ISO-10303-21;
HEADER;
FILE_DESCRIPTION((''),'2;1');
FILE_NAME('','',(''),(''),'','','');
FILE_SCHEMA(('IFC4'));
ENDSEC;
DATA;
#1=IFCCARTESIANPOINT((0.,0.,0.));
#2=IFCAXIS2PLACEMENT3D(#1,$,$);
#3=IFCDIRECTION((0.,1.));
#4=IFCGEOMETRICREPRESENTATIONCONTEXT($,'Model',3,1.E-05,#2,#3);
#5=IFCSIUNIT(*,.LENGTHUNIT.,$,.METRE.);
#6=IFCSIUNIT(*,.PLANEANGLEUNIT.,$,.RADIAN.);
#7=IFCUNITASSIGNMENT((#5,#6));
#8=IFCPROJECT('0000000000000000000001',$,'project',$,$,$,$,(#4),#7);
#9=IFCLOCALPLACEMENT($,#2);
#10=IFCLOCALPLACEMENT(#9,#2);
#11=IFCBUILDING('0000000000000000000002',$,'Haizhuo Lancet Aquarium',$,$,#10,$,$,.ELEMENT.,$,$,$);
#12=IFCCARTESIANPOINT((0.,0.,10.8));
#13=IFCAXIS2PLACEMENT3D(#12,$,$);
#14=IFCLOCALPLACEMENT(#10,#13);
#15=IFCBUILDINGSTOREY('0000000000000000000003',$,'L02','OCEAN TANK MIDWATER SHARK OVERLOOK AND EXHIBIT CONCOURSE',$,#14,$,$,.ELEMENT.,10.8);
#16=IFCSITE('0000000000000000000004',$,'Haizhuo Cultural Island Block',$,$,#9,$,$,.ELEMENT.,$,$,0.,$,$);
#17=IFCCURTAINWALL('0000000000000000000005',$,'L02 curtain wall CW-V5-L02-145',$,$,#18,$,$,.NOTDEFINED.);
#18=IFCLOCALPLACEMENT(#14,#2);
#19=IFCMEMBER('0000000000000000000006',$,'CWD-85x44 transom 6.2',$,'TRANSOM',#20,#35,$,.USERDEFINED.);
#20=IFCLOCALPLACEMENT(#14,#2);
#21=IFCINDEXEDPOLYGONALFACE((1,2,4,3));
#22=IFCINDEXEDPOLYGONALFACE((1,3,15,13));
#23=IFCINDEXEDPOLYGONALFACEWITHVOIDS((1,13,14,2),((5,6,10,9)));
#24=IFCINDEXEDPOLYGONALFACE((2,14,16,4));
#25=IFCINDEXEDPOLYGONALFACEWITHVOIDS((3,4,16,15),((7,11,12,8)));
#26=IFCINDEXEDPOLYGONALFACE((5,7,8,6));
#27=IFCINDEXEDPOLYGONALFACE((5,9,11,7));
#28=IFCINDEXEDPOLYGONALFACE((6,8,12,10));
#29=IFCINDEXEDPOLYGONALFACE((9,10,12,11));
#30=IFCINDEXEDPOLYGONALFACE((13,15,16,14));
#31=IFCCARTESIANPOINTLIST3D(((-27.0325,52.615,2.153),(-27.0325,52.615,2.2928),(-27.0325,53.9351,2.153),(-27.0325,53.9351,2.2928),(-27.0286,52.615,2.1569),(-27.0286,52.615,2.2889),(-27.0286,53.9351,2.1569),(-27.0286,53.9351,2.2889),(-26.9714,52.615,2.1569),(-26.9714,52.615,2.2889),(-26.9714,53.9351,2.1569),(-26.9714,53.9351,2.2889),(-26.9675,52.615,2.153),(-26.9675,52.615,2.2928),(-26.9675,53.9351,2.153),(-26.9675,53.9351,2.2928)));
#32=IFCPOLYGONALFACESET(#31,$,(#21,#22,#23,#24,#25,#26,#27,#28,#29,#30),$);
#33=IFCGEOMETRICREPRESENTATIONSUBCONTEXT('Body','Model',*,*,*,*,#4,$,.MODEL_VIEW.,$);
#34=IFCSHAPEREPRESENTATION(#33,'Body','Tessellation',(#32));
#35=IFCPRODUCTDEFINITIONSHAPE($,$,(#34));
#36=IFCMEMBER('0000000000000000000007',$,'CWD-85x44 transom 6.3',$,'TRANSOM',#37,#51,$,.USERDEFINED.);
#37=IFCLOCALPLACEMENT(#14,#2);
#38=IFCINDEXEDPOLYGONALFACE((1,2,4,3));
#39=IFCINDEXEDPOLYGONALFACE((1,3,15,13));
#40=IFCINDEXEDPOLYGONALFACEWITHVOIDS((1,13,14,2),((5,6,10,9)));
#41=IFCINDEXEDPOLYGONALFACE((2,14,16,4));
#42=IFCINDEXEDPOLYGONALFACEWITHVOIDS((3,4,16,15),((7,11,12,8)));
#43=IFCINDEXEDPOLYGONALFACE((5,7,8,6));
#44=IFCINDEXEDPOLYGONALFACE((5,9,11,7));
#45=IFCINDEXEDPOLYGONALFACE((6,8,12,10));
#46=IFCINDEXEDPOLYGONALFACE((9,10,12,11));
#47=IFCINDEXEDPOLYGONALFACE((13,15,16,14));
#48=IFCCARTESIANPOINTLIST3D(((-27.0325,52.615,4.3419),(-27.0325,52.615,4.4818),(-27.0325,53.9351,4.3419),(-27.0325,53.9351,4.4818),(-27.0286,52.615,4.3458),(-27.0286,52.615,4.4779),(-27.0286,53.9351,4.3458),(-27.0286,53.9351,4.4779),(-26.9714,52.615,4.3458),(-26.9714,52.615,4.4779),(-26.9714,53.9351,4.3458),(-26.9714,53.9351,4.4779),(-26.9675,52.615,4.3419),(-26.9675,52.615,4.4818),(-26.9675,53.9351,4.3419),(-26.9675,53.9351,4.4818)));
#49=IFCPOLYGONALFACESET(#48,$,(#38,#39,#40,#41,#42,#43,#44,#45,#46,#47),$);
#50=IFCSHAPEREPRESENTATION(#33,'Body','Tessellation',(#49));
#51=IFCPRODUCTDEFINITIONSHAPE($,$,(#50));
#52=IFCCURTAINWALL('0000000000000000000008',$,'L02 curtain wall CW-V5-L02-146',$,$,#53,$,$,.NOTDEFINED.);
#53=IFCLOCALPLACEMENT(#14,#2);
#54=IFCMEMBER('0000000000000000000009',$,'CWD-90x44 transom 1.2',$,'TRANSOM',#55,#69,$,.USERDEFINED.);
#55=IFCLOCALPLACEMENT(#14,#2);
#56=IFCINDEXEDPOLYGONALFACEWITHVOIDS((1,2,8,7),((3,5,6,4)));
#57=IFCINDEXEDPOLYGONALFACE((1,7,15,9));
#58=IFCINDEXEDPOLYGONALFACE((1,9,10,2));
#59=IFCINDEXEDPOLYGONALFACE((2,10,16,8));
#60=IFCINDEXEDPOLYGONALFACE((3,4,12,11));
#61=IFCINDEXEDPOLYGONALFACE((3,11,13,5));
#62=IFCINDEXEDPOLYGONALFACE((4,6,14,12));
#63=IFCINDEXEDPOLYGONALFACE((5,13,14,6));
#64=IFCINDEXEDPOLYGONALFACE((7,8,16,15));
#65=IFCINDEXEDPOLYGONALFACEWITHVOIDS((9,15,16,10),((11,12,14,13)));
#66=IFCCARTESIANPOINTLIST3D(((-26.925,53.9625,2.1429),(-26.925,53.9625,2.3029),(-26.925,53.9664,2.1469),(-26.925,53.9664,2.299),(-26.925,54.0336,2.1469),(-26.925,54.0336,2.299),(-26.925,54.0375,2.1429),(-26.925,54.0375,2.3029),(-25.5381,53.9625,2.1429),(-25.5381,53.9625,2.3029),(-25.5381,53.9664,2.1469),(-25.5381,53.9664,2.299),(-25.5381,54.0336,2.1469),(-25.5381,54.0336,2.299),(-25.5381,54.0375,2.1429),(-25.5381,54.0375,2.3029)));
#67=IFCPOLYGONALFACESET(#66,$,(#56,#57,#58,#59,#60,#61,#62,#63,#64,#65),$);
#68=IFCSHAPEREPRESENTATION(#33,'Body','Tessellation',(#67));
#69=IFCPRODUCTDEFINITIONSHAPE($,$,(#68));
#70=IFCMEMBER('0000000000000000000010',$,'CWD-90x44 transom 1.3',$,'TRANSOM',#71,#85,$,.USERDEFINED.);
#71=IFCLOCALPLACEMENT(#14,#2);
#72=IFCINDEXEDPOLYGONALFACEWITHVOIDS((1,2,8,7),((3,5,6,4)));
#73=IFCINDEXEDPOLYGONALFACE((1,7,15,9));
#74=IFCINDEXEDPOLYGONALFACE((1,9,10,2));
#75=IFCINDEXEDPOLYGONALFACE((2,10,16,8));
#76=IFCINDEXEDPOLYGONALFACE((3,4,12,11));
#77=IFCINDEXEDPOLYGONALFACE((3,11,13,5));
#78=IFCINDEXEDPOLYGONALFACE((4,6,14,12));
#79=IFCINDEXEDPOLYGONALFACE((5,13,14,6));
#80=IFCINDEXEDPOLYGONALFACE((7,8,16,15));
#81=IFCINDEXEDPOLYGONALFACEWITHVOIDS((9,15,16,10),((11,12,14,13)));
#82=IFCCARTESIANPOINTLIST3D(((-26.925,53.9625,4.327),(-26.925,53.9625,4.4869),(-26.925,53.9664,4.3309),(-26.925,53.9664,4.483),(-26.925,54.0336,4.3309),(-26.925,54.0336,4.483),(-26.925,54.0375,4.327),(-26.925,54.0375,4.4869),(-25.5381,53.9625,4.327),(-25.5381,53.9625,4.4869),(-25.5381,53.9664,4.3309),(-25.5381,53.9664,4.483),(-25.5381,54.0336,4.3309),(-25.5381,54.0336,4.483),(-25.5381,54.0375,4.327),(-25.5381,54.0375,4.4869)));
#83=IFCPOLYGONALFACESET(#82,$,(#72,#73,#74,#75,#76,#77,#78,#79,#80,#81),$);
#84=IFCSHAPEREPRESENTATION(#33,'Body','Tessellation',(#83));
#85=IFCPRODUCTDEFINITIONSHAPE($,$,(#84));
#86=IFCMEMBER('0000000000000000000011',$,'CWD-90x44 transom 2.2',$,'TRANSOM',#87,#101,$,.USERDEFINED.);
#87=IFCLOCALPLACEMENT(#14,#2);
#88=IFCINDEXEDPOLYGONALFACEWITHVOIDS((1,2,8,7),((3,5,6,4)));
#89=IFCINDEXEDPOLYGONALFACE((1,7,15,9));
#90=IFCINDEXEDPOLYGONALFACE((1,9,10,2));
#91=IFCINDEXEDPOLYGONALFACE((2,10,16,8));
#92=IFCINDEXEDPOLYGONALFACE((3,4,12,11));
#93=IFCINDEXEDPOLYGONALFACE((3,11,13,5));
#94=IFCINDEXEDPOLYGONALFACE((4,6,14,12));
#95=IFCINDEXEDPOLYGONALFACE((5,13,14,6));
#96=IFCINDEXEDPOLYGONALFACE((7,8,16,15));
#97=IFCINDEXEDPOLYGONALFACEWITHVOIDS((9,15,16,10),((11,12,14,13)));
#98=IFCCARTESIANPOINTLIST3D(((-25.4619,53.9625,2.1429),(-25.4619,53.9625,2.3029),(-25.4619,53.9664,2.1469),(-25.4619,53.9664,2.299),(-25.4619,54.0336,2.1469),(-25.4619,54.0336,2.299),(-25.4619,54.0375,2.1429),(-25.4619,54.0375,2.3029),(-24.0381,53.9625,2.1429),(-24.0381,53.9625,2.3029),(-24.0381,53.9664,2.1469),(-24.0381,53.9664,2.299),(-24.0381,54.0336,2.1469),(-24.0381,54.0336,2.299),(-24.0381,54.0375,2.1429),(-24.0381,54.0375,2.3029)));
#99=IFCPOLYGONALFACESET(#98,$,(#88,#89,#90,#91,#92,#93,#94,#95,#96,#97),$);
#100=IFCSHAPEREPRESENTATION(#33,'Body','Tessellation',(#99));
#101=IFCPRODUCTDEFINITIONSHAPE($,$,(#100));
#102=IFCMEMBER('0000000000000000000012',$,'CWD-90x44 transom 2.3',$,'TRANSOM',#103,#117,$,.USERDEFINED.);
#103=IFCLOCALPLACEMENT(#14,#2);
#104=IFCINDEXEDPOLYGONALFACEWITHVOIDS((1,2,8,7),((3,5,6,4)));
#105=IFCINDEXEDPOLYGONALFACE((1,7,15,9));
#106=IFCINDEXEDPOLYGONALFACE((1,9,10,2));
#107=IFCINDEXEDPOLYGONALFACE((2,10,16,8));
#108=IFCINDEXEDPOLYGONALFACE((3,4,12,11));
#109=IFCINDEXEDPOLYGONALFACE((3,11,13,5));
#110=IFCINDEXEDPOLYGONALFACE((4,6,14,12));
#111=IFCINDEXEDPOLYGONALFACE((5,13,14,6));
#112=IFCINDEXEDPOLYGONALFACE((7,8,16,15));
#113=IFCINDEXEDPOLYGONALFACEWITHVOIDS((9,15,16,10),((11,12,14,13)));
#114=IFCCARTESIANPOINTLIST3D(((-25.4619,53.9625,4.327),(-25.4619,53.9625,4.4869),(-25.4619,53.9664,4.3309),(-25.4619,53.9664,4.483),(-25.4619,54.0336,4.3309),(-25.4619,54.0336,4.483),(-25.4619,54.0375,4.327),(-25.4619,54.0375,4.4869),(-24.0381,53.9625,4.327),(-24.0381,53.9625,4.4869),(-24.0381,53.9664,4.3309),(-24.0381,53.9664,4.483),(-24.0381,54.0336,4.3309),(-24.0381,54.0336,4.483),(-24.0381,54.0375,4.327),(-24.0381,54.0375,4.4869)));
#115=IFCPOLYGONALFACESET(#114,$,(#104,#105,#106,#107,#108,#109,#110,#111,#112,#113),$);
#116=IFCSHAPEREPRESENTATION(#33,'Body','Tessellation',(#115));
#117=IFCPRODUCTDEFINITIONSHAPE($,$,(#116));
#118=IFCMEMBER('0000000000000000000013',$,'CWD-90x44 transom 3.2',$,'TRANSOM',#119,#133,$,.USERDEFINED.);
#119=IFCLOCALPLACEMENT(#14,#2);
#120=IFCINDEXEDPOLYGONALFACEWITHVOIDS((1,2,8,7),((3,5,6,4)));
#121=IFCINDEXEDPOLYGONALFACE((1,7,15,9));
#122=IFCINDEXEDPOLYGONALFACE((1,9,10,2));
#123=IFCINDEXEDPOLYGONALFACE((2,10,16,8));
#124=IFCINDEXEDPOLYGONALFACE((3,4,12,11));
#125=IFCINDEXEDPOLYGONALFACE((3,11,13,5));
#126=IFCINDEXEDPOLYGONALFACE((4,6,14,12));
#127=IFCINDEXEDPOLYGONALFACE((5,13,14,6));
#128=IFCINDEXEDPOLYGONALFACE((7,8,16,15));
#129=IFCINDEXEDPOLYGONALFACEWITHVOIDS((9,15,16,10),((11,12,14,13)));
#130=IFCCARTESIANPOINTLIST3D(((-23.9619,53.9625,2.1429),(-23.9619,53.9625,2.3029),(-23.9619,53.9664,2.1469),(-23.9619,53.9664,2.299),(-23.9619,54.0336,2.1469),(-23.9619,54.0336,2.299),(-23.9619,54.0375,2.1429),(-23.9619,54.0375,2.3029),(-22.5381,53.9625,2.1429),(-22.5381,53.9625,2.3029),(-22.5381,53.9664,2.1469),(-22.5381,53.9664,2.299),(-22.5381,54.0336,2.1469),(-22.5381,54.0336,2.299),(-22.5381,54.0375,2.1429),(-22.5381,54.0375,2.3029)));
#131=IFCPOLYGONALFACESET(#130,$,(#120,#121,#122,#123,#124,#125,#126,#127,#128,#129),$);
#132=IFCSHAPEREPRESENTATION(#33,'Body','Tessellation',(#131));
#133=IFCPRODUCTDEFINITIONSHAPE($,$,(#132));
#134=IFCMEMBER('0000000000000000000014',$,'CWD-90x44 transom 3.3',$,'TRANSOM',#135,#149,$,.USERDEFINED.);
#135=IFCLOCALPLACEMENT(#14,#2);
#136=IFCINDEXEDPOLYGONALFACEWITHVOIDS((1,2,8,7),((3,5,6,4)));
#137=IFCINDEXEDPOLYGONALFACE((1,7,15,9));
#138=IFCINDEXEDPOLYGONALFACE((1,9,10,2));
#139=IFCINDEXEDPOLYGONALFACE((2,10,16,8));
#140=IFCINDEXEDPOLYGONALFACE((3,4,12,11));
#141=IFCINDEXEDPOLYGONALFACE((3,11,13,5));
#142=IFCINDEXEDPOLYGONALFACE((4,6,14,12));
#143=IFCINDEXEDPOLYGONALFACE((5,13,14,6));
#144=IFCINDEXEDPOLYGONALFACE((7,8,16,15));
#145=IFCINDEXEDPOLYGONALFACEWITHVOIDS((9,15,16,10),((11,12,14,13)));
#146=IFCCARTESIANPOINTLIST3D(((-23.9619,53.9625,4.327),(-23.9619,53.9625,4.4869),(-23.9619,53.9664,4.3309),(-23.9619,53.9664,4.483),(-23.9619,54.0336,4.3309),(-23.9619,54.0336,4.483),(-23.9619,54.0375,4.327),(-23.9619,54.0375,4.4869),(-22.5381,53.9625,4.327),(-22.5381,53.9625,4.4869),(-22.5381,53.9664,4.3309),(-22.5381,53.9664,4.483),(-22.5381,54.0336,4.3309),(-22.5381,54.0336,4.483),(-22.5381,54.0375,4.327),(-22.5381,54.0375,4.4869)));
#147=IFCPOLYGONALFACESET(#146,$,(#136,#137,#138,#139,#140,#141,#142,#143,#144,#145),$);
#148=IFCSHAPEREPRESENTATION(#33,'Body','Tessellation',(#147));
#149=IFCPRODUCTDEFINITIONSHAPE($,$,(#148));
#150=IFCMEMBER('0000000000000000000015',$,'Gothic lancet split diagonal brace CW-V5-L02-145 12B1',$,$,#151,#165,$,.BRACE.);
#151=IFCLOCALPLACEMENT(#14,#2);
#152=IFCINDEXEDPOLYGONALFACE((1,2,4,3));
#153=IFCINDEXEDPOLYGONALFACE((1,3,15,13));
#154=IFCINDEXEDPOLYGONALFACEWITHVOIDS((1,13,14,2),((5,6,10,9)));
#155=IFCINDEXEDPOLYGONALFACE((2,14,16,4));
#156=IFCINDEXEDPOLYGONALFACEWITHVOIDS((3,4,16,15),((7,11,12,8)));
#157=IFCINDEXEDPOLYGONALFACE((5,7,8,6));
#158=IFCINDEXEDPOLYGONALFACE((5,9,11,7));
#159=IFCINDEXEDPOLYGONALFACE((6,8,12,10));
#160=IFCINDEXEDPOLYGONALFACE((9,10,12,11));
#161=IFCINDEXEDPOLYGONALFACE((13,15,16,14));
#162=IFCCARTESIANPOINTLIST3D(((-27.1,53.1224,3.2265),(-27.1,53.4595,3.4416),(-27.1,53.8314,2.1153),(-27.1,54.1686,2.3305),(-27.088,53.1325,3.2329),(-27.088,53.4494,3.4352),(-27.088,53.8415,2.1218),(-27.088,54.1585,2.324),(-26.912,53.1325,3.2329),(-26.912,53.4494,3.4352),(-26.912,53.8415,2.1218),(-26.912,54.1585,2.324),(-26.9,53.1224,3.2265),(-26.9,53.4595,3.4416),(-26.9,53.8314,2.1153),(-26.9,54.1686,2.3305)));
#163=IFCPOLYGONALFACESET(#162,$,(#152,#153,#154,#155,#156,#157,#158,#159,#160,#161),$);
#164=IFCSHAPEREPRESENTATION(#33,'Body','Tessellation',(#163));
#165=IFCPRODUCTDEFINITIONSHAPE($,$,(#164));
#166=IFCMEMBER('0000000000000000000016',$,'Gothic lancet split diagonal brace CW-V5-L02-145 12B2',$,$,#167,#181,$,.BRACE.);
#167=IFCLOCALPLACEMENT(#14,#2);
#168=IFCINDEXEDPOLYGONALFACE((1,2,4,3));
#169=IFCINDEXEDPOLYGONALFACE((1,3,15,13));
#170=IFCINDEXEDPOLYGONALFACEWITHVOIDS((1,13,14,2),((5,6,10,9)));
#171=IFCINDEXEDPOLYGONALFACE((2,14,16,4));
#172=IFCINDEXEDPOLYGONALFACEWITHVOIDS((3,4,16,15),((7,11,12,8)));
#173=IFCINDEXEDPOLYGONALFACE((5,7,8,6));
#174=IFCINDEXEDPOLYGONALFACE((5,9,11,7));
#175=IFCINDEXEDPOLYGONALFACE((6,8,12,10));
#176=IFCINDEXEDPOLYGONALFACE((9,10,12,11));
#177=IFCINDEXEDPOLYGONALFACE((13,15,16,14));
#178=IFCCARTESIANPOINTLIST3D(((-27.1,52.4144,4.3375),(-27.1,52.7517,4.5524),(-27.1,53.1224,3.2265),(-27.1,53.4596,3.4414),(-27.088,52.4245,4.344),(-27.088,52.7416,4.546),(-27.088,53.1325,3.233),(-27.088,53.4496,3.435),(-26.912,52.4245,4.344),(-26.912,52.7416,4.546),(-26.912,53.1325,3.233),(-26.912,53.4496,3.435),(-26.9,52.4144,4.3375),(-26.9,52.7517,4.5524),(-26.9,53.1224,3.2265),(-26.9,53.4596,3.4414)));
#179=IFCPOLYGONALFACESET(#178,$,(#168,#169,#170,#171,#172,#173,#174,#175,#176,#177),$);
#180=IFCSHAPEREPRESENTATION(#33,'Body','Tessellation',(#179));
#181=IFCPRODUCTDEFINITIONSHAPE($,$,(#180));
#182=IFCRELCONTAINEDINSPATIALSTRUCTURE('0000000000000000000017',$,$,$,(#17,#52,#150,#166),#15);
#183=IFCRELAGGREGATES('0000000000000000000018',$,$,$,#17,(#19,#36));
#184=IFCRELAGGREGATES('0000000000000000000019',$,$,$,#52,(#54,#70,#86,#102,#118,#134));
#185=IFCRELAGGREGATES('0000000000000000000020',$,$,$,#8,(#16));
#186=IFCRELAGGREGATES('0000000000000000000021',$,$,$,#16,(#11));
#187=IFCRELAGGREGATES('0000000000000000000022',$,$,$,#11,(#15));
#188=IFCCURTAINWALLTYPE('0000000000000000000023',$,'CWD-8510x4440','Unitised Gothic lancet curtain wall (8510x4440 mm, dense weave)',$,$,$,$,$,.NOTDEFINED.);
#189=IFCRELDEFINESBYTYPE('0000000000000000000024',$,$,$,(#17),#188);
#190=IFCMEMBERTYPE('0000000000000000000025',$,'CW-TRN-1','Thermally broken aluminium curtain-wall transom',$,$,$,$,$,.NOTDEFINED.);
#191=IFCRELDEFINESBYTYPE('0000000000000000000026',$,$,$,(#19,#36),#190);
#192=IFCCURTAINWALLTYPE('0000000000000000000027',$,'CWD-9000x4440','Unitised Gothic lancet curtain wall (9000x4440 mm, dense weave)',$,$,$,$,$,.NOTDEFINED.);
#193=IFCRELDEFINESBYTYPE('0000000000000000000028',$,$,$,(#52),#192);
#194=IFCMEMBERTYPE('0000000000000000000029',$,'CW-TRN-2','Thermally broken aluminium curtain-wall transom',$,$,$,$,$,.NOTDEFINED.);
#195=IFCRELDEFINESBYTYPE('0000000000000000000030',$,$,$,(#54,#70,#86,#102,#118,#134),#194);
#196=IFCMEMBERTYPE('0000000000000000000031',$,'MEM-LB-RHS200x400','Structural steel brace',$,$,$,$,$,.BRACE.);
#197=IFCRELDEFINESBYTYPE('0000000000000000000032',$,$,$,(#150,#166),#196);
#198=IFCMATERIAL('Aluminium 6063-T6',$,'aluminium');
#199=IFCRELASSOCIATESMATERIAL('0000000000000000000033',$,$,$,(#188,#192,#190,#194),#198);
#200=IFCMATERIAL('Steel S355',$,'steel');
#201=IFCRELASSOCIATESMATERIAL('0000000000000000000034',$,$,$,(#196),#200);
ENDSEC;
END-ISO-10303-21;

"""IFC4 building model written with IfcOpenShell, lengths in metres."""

from ifc_helpers import new_model, si_unit, direction, frame, origin, origin_2d, place, context, subcontext, project, spatial, hollow_rectangle, extrude, material, material_profile, profile_set, type_object, element, aggregate, save


model = new_model("IFC4")

# Units and contexts
model_context = context("Model", 3, precision=1e-05, world=origin(), true_north=direction((0.0, 1.0)))
body_context = subcontext(model_context, "Body", "Model", "MODEL_VIEW")
ifc_project = project(units=[si_unit("LENGTHUNIT", "METRE"), si_unit("PLANEANGLEUNIT", "RADIAN")], contexts=[model_context])

# Site, building, storey
site_placement = place(None, origin())
site = spatial("IfcSite", under=ifc_project, at=site_placement, Name="Haizhuo Cultural Island Block", CompositionType="ELEMENT", RefElevation=0.0)
building_placement = place(site_placement, origin())
building = spatial("IfcBuilding", under=site, at=building_placement, Name="Haizhuo Lancet Aquarium", CompositionType="ELEMENT")
storey_placement = place(building_placement, frame((0.0, 0.0, 10.8)))
storey = spatial("IfcBuildingStorey", under=building, at=storey_placement, Name="L02", Description="OCEAN TANK MIDWATER SHARK OVERLOOK AND EXHIBIT CONCOURSE", CompositionType="ELEMENT", Elevation=10.8)

# Curtain walls, members
ifc_material_1 = material(Name="Aluminium 6063-T6", Category="aluminium")
curtain_wall_type_1 = type_object("IfcCurtainWallType", Name="CWD-8510x4440", Description="Unitised Gothic lancet curtain wall (8510x4440 mm, dense weave)", PredefinedType="NOTDEFINED", material=ifc_material_1)
curtain_wall_1_placement = place(storey_placement, origin())
curtain_wall_1 = element("IfcCurtainWall", 1, at=curtain_wall_1_placement, inside=storey, type_object=curtain_wall_type_1, Name="L02 curtain wall CW-V5-L02-145", PredefinedType="NOTDEFINED")
ifc_material_profile_1 = material_profile(ifc_material_1, hollow_rectangle(XDim=0.0649, YDim=0.1399, WallThickness=0.0039, at=origin_2d()), Name="ALU-T 65x140x4")
ifc_profile_set_1 = profile_set([ifc_material_profile_1], Name="Aluminium 6063-T6")
member_type_1 = type_object("IfcMemberType", Name="CW-TRN-1", Description="Thermally broken aluminium curtain-wall transom", PredefinedType="NOTDEFINED", material=ifc_profile_set_1)
member_1_placement = place(storey_placement, frame((-27.0, 52.615, 2.2229), z_axis=(0.0, 1.0, 0.0), x_axis=(-1.0, 0.0, 0.0)))
member_1 = element("IfcMember", 2, at=member_1_placement, type_object=member_type_1, Name="CWD-85x44 transom 6.2", ObjectType="TRANSOM", PredefinedType="USERDEFINED", context=body_context, shape_type="SweptSolid", body=[
    extrude(hollow_rectangle(XDim=0.0649, YDim=0.1399, WallThickness=0.0039, at=origin_2d()), origin(), (0.0, 0.0, 1.0), 1.3201),
])
member_2_placement = place(storey_placement, frame((-27.0, 52.615, 4.4119), z_axis=(0.0, 1.0, 0.0), x_axis=(-1.0, 0.0, 0.0)))
member_2 = element("IfcMember", 3, at=member_2_placement, type_object=member_type_1, Name="CWD-85x44 transom 6.3", ObjectType="TRANSOM", PredefinedType="USERDEFINED", context=body_context, shape_type="SweptSolid", body=[
    extrude(hollow_rectangle(XDim=0.0649, YDim=0.1399, WallThickness=0.0039, at=origin_2d()), origin(), (0.0, 0.0, 1.0), 1.3201),
])
curtain_wall_type_2 = type_object("IfcCurtainWallType", Name="CWD-9000x4440", Description="Unitised Gothic lancet curtain wall (9000x4440 mm, dense weave)", PredefinedType="NOTDEFINED", material=ifc_material_1)
curtain_wall_2_placement = place(storey_placement, origin())
curtain_wall_2 = element("IfcCurtainWall", 4, at=curtain_wall_2_placement, inside=storey, type_object=curtain_wall_type_2, Name="L02 curtain wall CW-V5-L02-146", PredefinedType="NOTDEFINED")
ifc_material_profile_2 = material_profile(ifc_material_1, hollow_rectangle(XDim=0.075, YDim=0.1599, WallThickness=0.0039, at=origin_2d()), Name="ALU-T 75x160x4")
ifc_profile_set_2 = profile_set([ifc_material_profile_2], Name="Aluminium 6063-T6")
member_type_2 = type_object("IfcMemberType", Name="CW-TRN-2", Description="Thermally broken aluminium curtain-wall transom", PredefinedType="NOTDEFINED", material=ifc_profile_set_2)
member_3_placement = place(storey_placement, frame((-26.925, 54.0, 2.2229), z_axis=(1.0, 0.0, 0.0), x_axis=(0.0, 1.0, 0.0)))
member_3 = element("IfcMember", 5, at=member_3_placement, type_object=member_type_2, Name="CWD-90x44 transom 1.2", ObjectType="TRANSOM", PredefinedType="USERDEFINED", context=body_context, shape_type="SweptSolid", body=[
    extrude(hollow_rectangle(XDim=0.075, YDim=0.1599, WallThickness=0.0039, at=origin_2d()), origin(), (0.0, 0.0, 1.0), 1.387),
])
member_4_placement = place(storey_placement, frame((-26.925, 54.0, 4.407), z_axis=(1.0, 0.0, 0.0), x_axis=(0.0, 1.0, 0.0)))
member_4 = element("IfcMember", 6, at=member_4_placement, type_object=member_type_2, Name="CWD-90x44 transom 1.3", ObjectType="TRANSOM", PredefinedType="USERDEFINED", context=body_context, shape_type="SweptSolid", body=[
    extrude(hollow_rectangle(XDim=0.075, YDim=0.1599, WallThickness=0.0039, at=origin_2d()), origin(), (0.0, 0.0, 1.0), 1.387),
])
member_5_placement = place(storey_placement, frame((-25.4619, 54.0, 2.2229), z_axis=(1.0, 0.0, 0.0), x_axis=(0.0, 1.0, 0.0)))
member_5 = element("IfcMember", 7, at=member_5_placement, type_object=member_type_2, Name="CWD-90x44 transom 2.2", ObjectType="TRANSOM", PredefinedType="USERDEFINED", context=body_context, shape_type="SweptSolid", body=[
    extrude(hollow_rectangle(XDim=0.075, YDim=0.1599, WallThickness=0.0039, at=origin_2d()), origin(), (0.0, 0.0, 1.0), 1.4238),
])
member_6_placement = place(storey_placement, frame((-25.4619, 54.0, 4.407), z_axis=(1.0, 0.0, 0.0), x_axis=(0.0, 1.0, 0.0)))
member_6 = element("IfcMember", 8, at=member_6_placement, type_object=member_type_2, Name="CWD-90x44 transom 2.3", ObjectType="TRANSOM", PredefinedType="USERDEFINED", context=body_context, shape_type="SweptSolid", body=[
    extrude(hollow_rectangle(XDim=0.075, YDim=0.1599, WallThickness=0.0039, at=origin_2d()), origin(), (0.0, 0.0, 1.0), 1.4238),
])
member_7_placement = place(storey_placement, frame((-23.9619, 54.0, 2.2229), z_axis=(1.0, 0.0, 0.0), x_axis=(0.0, 1.0, 0.0)))
member_7 = element("IfcMember", 9, at=member_7_placement, type_object=member_type_2, Name="CWD-90x44 transom 3.2", ObjectType="TRANSOM", PredefinedType="USERDEFINED", context=body_context, shape_type="SweptSolid", body=[
    extrude(hollow_rectangle(XDim=0.075, YDim=0.1599, WallThickness=0.0039, at=origin_2d()), origin(), (0.0, 0.0, 1.0), 1.4238),
])
member_8_placement = place(storey_placement, frame((-23.9619, 54.0, 4.407), z_axis=(1.0, 0.0, 0.0), x_axis=(0.0, 1.0, 0.0)))
member_8 = element("IfcMember", 10, at=member_8_placement, type_object=member_type_2, Name="CWD-90x44 transom 3.3", ObjectType="TRANSOM", PredefinedType="USERDEFINED", context=body_context, shape_type="SweptSolid", body=[
    extrude(hollow_rectangle(XDim=0.075, YDim=0.1599, WallThickness=0.0039, at=origin_2d()), origin(), (0.0, 0.0, 1.0), 1.4238),
])

# Members
ifc_material_2 = material(Name="Steel S355", Category="steel")
ifc_material_profile_3 = material_profile(ifc_material_2, hollow_rectangle(XDim=0.2, YDim=0.3999, WallThickness=0.012, at=origin_2d()), Name="RHS 200x400x12")
ifc_profile_set_3 = profile_set([ifc_material_profile_3], Name="Steel S355")
member_type_3 = type_object("IfcMemberType", Name="MEM-LB-RHS200x400", Description="Structural steel brace", PredefinedType="BRACE", material=ifc_profile_set_3)
member_9_placement = place(storey_placement, frame((-27.0, 54.0, 2.2229), z_axis=(0.0, -0.537918, 0.842997), x_axis=(1.0, 0.0, 0.0)))
element("IfcMember", 11, at=member_9_placement, inside=storey, type_object=member_type_3, Name="Gothic lancet split diagonal brace CW-V5-L02-145 12B1", PredefinedType="BRACE", context=body_context, shape_type="SweptSolid", body=[
    extrude(hollow_rectangle(XDim=0.2, YDim=0.3999, WallThickness=0.012, at=origin_2d()), origin(), (0.0, 0.0, 1.0), 1.3181),
])
member_10_placement = place(storey_placement, frame((-27.0, 53.291, 3.334), z_axis=(0.0, -0.537391, 0.843333), x_axis=(1.0, 0.0, 0.0)))
element("IfcMember", 12, at=member_10_placement, inside=storey, type_object=member_type_3, Name="Gothic lancet split diagonal brace CW-V5-L02-145 12B2", PredefinedType="BRACE", context=body_context, shape_type="SweptSolid", body=[
    extrude(hollow_rectangle(XDim=0.2, YDim=0.3999, WallThickness=0.012, at=origin_2d()), origin(), (0.0, 0.0, 1.0), 1.3174),
])

aggregate(curtain_wall_1, [member_1, member_2])
aggregate(curtain_wall_2, [member_3, member_4, member_5, member_6, member_7, member_8])

save(model, "model.ifc")
